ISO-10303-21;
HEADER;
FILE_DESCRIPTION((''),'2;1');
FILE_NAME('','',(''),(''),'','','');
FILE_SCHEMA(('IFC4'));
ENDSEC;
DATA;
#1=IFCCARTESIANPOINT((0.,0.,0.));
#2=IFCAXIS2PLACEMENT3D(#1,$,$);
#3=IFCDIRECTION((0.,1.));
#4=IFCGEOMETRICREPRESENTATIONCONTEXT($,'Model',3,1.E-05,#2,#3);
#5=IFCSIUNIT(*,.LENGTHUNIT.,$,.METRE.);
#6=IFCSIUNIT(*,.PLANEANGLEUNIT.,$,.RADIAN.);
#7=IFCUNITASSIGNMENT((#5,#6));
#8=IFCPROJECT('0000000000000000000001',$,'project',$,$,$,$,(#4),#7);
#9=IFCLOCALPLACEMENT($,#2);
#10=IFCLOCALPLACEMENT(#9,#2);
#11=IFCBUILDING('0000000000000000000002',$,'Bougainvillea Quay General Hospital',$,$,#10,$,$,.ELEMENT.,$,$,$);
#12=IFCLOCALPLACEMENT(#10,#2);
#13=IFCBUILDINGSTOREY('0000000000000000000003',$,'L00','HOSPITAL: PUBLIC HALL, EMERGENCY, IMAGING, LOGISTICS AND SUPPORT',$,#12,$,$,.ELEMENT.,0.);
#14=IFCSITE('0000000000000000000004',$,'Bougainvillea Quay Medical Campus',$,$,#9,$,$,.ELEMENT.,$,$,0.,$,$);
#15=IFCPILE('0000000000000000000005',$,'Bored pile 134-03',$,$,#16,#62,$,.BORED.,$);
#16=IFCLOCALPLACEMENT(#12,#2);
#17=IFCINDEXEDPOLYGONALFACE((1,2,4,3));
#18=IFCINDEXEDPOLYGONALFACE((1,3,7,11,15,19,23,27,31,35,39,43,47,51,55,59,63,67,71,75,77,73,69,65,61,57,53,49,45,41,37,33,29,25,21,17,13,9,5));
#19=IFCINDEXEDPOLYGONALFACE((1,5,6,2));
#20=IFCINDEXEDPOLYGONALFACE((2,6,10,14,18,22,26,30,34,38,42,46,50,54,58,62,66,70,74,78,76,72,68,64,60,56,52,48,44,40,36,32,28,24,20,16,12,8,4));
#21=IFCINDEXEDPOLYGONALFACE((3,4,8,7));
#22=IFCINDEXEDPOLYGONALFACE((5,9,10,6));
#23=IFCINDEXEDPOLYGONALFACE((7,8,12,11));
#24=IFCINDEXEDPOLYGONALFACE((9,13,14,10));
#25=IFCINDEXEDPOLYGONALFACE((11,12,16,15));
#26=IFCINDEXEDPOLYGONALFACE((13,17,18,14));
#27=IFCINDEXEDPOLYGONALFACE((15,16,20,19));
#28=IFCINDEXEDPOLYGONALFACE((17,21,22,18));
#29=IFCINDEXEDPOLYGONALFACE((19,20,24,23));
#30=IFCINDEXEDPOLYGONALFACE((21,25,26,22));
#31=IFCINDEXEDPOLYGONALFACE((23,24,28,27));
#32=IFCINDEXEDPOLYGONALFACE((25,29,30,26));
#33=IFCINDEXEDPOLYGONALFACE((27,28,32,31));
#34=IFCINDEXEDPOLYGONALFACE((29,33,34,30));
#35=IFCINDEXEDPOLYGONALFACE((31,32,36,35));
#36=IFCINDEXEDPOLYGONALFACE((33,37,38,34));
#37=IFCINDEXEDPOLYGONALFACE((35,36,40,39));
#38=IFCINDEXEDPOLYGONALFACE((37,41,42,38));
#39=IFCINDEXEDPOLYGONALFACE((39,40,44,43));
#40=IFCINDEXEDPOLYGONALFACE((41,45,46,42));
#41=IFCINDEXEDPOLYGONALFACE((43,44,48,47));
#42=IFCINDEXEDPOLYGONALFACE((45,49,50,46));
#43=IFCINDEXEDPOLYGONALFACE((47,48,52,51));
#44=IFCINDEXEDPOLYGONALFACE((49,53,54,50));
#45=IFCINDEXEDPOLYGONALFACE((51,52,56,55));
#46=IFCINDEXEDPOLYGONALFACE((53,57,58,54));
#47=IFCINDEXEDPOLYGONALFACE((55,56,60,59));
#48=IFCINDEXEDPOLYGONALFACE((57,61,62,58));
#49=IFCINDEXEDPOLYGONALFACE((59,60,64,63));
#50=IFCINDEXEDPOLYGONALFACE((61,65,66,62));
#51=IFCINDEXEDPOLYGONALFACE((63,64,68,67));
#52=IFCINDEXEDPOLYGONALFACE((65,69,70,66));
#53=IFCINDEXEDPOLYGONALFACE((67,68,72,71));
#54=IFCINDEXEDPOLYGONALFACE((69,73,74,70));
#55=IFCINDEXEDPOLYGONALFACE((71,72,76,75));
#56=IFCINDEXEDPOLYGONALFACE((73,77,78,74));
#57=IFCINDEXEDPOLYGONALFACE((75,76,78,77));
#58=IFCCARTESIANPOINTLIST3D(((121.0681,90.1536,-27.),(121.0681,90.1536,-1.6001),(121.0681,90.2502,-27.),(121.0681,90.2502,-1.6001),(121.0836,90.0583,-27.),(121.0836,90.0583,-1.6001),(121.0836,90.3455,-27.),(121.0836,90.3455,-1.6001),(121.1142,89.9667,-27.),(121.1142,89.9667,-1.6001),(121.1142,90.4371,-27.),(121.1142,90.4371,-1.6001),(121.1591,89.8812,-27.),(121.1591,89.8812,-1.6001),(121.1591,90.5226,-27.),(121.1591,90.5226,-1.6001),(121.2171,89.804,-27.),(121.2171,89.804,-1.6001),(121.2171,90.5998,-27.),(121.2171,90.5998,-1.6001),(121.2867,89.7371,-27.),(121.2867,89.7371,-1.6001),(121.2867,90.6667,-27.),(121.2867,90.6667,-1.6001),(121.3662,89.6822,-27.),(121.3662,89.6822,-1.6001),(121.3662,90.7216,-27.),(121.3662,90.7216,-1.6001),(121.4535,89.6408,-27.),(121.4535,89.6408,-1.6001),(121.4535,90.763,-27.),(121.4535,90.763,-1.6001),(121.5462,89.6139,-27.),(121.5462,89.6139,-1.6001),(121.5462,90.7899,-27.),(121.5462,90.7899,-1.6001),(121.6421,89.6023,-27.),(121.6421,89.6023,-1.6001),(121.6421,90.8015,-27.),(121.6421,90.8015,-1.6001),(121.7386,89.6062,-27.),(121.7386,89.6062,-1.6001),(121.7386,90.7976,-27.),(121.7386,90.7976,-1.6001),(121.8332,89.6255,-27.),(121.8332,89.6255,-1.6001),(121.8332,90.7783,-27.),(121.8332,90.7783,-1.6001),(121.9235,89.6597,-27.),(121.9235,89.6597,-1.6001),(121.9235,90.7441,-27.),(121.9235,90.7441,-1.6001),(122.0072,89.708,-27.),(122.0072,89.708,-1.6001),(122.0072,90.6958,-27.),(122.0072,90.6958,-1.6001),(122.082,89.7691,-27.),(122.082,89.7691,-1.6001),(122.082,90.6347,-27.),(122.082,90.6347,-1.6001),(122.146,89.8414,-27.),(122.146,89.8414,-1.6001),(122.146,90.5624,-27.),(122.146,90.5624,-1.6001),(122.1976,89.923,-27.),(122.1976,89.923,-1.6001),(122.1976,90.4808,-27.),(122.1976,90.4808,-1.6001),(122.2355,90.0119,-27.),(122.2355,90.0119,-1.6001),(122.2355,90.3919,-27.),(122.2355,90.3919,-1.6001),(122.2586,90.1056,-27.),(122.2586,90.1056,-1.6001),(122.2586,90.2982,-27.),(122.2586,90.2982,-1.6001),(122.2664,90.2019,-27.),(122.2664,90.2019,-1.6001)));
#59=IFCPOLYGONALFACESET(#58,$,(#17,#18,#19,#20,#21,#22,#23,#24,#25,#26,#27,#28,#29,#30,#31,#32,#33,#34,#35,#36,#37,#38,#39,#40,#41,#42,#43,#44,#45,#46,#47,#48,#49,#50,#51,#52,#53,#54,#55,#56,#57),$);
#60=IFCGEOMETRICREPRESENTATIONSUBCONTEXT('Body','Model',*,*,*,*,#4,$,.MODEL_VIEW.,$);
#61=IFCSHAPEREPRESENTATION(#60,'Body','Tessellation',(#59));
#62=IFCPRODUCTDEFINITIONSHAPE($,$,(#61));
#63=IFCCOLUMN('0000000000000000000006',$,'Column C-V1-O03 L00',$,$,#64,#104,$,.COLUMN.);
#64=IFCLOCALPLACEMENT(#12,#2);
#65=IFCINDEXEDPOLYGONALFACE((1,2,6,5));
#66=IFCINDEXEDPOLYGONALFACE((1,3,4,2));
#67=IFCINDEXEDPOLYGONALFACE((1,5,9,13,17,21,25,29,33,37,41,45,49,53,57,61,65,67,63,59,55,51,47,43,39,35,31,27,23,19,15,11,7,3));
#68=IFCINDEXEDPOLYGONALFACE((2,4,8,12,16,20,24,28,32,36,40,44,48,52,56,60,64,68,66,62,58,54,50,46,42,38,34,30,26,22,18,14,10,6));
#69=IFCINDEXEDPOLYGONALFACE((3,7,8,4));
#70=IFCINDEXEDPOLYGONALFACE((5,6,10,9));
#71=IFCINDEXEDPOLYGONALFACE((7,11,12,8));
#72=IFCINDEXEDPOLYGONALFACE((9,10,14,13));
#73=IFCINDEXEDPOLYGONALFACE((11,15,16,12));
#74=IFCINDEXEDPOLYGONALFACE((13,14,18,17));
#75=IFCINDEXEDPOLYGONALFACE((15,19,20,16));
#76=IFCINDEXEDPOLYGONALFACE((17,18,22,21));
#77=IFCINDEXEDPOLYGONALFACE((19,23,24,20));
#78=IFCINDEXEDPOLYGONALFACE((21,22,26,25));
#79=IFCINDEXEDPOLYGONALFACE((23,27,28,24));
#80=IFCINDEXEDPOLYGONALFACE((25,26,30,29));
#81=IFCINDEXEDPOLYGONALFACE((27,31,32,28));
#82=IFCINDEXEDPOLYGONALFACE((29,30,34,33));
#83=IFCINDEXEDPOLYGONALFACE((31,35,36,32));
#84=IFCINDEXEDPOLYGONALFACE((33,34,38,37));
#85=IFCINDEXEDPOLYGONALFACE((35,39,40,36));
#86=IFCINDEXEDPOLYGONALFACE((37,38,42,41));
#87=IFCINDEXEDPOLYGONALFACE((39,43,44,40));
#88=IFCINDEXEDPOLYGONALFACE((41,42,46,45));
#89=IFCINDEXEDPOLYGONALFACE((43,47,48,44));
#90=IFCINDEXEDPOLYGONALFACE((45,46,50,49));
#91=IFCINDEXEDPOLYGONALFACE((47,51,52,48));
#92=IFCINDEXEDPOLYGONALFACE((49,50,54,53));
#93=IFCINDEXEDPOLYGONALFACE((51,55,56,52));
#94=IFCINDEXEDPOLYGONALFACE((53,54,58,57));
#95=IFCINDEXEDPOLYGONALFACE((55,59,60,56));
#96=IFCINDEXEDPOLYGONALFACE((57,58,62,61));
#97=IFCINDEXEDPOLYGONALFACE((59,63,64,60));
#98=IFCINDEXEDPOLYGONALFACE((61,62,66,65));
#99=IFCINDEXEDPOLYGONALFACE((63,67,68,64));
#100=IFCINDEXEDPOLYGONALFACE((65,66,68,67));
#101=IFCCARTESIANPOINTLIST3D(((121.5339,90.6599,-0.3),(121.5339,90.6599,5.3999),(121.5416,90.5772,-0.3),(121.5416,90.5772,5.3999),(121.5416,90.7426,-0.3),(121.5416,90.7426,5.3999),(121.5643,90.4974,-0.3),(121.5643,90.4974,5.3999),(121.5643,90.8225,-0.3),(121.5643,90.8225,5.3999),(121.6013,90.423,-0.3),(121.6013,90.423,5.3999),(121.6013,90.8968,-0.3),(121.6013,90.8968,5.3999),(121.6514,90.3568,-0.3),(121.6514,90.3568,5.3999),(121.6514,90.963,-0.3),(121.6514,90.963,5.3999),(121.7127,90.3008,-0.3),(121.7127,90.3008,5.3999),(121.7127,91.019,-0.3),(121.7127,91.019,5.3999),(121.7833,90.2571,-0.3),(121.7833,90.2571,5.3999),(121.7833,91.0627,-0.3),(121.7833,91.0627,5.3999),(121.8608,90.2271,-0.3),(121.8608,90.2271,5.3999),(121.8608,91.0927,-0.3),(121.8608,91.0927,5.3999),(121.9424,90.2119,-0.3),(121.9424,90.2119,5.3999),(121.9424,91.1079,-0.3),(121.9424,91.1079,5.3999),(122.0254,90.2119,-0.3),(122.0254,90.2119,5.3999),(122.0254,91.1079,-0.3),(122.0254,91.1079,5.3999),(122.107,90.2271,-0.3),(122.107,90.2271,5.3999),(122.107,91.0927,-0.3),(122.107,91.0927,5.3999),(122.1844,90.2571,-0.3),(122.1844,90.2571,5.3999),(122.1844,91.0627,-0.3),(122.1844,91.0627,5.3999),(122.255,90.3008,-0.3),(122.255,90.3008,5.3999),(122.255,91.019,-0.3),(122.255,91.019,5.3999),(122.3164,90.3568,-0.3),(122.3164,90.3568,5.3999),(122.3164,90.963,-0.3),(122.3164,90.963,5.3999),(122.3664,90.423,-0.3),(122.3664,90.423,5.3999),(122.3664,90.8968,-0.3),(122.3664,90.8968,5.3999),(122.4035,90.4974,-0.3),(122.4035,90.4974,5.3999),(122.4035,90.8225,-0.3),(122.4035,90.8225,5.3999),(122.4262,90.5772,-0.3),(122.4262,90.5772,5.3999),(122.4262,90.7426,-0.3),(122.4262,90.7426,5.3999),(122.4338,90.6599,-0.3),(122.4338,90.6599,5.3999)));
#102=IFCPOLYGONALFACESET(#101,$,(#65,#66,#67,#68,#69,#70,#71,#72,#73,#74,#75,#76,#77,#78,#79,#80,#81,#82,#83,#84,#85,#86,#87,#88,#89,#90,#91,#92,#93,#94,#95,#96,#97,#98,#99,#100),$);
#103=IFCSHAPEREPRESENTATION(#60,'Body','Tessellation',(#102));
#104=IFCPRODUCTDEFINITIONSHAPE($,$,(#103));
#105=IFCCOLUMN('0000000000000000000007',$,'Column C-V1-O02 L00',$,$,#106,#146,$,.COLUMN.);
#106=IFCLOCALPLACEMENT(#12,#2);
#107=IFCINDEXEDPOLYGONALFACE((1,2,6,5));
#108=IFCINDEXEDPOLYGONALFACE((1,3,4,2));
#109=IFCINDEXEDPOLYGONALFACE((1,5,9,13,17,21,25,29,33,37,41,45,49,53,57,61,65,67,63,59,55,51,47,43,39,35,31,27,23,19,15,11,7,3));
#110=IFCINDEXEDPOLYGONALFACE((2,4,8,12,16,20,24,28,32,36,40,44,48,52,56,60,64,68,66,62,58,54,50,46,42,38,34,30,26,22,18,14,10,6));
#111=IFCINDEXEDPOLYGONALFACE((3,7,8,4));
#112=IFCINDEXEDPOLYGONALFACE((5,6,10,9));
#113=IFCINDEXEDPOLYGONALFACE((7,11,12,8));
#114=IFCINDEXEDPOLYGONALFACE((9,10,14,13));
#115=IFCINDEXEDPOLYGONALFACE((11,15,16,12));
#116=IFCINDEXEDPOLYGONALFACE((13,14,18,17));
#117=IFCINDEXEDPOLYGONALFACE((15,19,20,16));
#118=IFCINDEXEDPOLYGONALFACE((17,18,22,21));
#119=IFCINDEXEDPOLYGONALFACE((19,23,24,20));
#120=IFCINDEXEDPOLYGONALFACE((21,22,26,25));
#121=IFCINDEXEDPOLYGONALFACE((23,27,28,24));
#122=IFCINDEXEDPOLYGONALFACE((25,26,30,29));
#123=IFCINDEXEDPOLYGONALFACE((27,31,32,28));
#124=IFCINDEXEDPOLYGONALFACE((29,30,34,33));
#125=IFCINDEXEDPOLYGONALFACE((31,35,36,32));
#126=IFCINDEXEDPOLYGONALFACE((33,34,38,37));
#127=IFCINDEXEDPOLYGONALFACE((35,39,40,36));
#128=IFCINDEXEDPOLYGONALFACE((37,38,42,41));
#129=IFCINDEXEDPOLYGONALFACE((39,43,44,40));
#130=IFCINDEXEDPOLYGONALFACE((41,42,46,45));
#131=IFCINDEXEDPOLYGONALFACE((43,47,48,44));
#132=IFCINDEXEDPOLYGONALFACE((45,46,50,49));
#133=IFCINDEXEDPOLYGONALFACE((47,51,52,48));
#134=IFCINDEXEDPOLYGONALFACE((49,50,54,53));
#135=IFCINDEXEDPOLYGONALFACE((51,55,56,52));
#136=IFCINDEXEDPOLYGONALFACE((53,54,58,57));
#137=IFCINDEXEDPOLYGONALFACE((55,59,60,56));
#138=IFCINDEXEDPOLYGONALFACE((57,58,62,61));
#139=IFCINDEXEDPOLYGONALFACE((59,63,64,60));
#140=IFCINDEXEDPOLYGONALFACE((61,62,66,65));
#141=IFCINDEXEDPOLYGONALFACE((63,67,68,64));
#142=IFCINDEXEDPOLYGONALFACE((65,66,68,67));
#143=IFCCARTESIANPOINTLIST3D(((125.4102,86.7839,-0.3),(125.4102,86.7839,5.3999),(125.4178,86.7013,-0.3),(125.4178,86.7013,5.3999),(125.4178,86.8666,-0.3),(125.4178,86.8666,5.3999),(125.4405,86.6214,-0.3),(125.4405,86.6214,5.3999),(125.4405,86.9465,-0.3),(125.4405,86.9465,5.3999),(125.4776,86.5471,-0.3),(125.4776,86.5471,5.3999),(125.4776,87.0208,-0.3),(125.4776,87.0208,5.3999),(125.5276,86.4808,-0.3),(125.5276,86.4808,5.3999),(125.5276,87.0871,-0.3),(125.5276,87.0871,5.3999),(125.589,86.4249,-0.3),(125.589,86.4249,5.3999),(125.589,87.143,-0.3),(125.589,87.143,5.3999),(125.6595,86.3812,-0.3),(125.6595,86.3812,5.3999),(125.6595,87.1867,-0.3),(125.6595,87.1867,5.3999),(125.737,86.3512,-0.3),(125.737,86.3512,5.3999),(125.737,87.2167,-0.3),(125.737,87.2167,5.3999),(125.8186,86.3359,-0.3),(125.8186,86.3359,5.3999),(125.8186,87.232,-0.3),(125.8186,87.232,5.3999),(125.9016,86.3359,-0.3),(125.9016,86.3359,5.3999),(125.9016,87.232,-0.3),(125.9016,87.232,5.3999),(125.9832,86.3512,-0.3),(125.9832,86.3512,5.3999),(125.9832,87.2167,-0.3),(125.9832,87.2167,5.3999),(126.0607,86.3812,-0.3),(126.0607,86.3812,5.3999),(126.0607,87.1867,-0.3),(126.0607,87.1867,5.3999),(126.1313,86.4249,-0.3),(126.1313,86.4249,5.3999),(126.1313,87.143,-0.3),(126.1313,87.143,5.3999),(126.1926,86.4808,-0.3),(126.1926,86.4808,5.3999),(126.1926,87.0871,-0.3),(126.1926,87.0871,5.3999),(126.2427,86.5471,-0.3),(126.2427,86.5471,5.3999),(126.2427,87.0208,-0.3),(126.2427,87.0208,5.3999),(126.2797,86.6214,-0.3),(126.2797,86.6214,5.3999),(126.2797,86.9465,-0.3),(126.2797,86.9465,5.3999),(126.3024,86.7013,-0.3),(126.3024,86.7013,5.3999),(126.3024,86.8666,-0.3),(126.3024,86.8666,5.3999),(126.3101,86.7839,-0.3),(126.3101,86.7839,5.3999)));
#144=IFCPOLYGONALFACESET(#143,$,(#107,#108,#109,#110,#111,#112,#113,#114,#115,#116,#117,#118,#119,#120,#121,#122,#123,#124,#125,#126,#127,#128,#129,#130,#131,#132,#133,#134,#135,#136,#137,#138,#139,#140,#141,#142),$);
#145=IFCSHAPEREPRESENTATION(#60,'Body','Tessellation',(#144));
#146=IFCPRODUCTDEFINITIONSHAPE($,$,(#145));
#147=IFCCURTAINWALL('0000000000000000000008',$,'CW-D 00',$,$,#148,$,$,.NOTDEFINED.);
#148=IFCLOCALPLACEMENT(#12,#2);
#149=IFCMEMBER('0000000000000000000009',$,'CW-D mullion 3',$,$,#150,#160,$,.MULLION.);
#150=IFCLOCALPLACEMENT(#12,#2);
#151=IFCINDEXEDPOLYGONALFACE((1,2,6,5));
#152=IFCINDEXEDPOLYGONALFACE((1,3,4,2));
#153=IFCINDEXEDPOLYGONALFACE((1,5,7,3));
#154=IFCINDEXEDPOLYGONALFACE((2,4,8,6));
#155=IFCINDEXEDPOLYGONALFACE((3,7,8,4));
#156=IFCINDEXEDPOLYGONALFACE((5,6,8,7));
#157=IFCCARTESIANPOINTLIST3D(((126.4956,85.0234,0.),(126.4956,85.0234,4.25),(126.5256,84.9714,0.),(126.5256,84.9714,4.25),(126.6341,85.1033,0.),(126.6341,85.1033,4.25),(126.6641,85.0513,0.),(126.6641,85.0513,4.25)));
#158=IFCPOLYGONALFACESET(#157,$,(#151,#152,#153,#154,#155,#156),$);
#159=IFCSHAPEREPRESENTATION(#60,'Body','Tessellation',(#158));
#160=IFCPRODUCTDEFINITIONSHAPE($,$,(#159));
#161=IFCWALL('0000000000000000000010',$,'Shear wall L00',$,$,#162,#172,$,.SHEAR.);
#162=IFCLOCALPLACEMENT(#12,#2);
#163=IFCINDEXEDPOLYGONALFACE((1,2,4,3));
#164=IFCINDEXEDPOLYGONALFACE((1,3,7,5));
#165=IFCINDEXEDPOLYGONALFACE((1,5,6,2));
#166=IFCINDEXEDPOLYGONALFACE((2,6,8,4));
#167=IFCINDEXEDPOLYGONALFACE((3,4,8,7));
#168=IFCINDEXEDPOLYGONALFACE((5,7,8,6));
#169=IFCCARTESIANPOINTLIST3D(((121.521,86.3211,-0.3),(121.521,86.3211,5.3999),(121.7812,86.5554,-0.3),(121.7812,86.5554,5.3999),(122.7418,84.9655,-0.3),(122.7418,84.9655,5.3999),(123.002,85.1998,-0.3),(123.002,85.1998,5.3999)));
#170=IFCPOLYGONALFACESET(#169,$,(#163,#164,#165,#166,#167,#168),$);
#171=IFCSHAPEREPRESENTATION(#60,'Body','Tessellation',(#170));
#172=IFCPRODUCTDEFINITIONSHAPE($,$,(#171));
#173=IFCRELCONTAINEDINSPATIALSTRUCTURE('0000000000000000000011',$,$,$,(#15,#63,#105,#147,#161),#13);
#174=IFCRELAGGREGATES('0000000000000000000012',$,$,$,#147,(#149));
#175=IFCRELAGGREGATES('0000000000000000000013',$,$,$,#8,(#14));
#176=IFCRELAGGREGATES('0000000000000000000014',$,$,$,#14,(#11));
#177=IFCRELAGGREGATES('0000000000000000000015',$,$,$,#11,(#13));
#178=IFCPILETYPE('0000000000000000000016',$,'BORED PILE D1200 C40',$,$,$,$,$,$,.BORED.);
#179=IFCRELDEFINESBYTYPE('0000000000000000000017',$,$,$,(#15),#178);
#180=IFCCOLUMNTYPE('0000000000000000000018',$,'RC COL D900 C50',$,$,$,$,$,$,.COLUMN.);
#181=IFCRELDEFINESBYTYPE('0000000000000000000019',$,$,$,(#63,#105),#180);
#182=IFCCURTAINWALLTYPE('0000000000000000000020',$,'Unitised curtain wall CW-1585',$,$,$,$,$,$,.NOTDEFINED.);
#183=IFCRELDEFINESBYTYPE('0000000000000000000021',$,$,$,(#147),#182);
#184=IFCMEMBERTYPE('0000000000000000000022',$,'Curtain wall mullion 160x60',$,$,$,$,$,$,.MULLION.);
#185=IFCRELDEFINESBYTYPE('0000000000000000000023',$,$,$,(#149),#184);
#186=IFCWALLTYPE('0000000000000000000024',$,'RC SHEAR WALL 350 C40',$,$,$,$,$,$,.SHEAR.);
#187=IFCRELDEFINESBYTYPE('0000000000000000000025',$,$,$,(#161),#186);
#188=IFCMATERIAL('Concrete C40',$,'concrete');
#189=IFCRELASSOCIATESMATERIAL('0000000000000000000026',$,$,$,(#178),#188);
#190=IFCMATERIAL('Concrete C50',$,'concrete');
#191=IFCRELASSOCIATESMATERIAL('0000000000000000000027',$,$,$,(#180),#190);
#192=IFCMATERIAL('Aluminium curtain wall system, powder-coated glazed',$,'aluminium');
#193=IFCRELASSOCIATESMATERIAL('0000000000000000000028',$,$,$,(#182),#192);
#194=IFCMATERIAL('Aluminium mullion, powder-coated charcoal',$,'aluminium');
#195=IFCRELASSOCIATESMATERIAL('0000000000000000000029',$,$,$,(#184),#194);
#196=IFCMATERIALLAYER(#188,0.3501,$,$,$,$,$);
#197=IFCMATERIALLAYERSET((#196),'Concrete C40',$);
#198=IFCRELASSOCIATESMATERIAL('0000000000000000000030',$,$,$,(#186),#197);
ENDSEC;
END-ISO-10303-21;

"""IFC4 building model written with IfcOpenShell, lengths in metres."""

from ifc_helpers import new_model, si_unit, direction, frame, frame_2d, origin, origin_2d, place, context, subcontext, project, spatial, rectangle, circle, extrude, material, layer, layer_set, material_profile, profile_set, type_object, element, aggregate, save


model = new_model("IFC4")

# Units and contexts
model_context = context("Model", 3, precision=1e-05, world=origin(), true_north=direction((0.0, 1.0)))
body_context = subcontext(model_context, "Body", "Model", "MODEL_VIEW")
ifc_project = project(units=[si_unit("LENGTHUNIT", "METRE"), si_unit("PLANEANGLEUNIT", "RADIAN")], contexts=[model_context])

# Site, building, storey
site_placement = place(None, origin())
site = spatial("IfcSite", under=ifc_project, at=site_placement, Name="Bougainvillea Quay Medical Campus", CompositionType="ELEMENT", RefElevation=0.0)
building_placement = place(site_placement, origin())
building = spatial("IfcBuilding", under=site, at=building_placement, Name="Bougainvillea Quay General Hospital", CompositionType="ELEMENT")
storey_placement = place(building_placement, origin())
storey = spatial("IfcBuildingStorey", under=building, at=storey_placement, Name="L00", Description="HOSPITAL: PUBLIC HALL, EMERGENCY, IMAGING, LOGISTICS AND SUPPORT", CompositionType="ELEMENT", Elevation=0.0)

# Pile
ifc_material_1 = material(Name="Concrete C40", Category="concrete")
ifc_material_profile_1 = material_profile(ifc_material_1, circle(Radius=0.6001, at=origin_2d()))
ifc_profile_set_1 = profile_set([ifc_material_profile_1], Name="Concrete C40")
pile_type = type_object("IfcPileType", Name="BORED PILE D1200 C40", PredefinedType="BORED", material=ifc_profile_set_1)
pile_placement = place(storey_placement, frame((121.6663, 90.2019, -1.6001), z_axis=(0.0, 0.0, -1.0), x_axis=(1.0, 0.0, 0.0)))
element("IfcPile", 1, at=pile_placement, inside=storey, type_object=pile_type, Name="Bored pile 134-03", PredefinedType="BORED", context=body_context, shape_type="SweptSolid", body=[
    extrude(circle(Radius=0.6001, at=origin_2d()), origin(), (0.0, 0.0, 1.0), 25.3999),
])

# Columns
ifc_material_2 = material(Name="Concrete C50", Category="concrete")
ifc_material_profile_2 = material_profile(ifc_material_2, circle(Radius=0.45, at=origin_2d()))
ifc_profile_set_2 = profile_set([ifc_material_profile_2], Name="Concrete C50")
column_type = type_object("IfcColumnType", Name="RC COL D900 C50", PredefinedType="COLUMN", material=ifc_profile_set_2)
for number, where, z_axis, x_axis, name in (
    (2, (121.9839, 90.6599, -0.3), (0.0, 0.0, 1.0), (1.0, 0.0, 0.0), "Column C-V1-O03 L00"),
    (3, (125.8601, 86.7839, -0.3), (0.0, 0.0, 1.0), (1.0, 0.0, 0.0), "Column C-V1-O02 L00"),
):
    element("IfcColumn", number, at=place(storey_placement, frame(where, z_axis=z_axis, x_axis=x_axis)), inside=storey, type_object=column_type, Name=name, PredefinedType="COLUMN", context=body_context, shape_type="SweptSolid", body=[
        extrude(circle(Radius=0.45, at=origin_2d()), origin(), (0.0, 0.0, 1.0), 5.7),
    ])

# Curtain wall, member
ifc_material_3 = material(Name="Aluminium curtain wall system, powder-coated glazed", Category="aluminium")
curtain_wall_type = type_object("IfcCurtainWallType", Name="Unitised curtain wall CW-1585", PredefinedType="NOTDEFINED", material=ifc_material_3)
curtain_wall_placement = place(storey_placement, origin())
curtain_wall = element("IfcCurtainWall", 4, at=curtain_wall_placement, inside=storey, type_object=curtain_wall_type, Name="CW-D 00", PredefinedType="NOTDEFINED")
ifc_material_4 = material(Name="Aluminium mullion, powder-coated charcoal", Category="aluminium")
ifc_material_profile_3 = material_profile(ifc_material_4, rectangle(XDim=0.1599, YDim=0.0601, at=origin_2d()))
ifc_profile_set_3 = profile_set([ifc_material_profile_3], Name="Aluminium mullion, powder-coated charcoal")
member_type = type_object("IfcMemberType", Name="Curtain wall mullion 160x60", PredefinedType="MULLION", material=ifc_profile_set_3)
member_placement = place(storey_placement, frame((126.5798, 85.0374, 0.0), z_axis=(0.0, 0.0, 1.0), x_axis=(-0.866046, -0.499965, 0.0)))
member = element("IfcMember", 5, at=member_placement, type_object=member_type, Name="CW-D mullion 3", PredefinedType="MULLION", context=body_context, shape_type="SweptSolid", body=[
    extrude(rectangle(XDim=0.1599, YDim=0.0601, at=origin_2d()), origin(), (0.0, 0.0, 1.0), 4.25),
])
aggregate(curtain_wall, [member])

# Wall
ifc_layer_1 = layer(ifc_material_1, 0.3501)
ifc_layer_set_1 = layer_set([ifc_layer_1], Name="Concrete C40")
wall_type = type_object("IfcWallType", Name="RC SHEAR WALL 350 C40", PredefinedType="SHEAR", material=ifc_layer_set_1)
wall_1_placement = place(storey_placement, frame((121.6511, 86.4382, -0.3), z_axis=(0.0, 0.0, 1.0), x_axis=(0.669201, -0.743081, 0.0)))
element("IfcWall", 6, at=wall_1_placement, inside=storey, type_object=wall_type, Name="Shear wall L00", PredefinedType="SHEAR", context=body_context, shape_type="SweptSolid", body=[
    extrude(rectangle(XDim=1.8242, YDim=0.3501, at=frame_2d((0.9121, 0.0))), origin(), (0.0, 0.0, 1.0), 5.7),
])

save(model, "model.ifc")
